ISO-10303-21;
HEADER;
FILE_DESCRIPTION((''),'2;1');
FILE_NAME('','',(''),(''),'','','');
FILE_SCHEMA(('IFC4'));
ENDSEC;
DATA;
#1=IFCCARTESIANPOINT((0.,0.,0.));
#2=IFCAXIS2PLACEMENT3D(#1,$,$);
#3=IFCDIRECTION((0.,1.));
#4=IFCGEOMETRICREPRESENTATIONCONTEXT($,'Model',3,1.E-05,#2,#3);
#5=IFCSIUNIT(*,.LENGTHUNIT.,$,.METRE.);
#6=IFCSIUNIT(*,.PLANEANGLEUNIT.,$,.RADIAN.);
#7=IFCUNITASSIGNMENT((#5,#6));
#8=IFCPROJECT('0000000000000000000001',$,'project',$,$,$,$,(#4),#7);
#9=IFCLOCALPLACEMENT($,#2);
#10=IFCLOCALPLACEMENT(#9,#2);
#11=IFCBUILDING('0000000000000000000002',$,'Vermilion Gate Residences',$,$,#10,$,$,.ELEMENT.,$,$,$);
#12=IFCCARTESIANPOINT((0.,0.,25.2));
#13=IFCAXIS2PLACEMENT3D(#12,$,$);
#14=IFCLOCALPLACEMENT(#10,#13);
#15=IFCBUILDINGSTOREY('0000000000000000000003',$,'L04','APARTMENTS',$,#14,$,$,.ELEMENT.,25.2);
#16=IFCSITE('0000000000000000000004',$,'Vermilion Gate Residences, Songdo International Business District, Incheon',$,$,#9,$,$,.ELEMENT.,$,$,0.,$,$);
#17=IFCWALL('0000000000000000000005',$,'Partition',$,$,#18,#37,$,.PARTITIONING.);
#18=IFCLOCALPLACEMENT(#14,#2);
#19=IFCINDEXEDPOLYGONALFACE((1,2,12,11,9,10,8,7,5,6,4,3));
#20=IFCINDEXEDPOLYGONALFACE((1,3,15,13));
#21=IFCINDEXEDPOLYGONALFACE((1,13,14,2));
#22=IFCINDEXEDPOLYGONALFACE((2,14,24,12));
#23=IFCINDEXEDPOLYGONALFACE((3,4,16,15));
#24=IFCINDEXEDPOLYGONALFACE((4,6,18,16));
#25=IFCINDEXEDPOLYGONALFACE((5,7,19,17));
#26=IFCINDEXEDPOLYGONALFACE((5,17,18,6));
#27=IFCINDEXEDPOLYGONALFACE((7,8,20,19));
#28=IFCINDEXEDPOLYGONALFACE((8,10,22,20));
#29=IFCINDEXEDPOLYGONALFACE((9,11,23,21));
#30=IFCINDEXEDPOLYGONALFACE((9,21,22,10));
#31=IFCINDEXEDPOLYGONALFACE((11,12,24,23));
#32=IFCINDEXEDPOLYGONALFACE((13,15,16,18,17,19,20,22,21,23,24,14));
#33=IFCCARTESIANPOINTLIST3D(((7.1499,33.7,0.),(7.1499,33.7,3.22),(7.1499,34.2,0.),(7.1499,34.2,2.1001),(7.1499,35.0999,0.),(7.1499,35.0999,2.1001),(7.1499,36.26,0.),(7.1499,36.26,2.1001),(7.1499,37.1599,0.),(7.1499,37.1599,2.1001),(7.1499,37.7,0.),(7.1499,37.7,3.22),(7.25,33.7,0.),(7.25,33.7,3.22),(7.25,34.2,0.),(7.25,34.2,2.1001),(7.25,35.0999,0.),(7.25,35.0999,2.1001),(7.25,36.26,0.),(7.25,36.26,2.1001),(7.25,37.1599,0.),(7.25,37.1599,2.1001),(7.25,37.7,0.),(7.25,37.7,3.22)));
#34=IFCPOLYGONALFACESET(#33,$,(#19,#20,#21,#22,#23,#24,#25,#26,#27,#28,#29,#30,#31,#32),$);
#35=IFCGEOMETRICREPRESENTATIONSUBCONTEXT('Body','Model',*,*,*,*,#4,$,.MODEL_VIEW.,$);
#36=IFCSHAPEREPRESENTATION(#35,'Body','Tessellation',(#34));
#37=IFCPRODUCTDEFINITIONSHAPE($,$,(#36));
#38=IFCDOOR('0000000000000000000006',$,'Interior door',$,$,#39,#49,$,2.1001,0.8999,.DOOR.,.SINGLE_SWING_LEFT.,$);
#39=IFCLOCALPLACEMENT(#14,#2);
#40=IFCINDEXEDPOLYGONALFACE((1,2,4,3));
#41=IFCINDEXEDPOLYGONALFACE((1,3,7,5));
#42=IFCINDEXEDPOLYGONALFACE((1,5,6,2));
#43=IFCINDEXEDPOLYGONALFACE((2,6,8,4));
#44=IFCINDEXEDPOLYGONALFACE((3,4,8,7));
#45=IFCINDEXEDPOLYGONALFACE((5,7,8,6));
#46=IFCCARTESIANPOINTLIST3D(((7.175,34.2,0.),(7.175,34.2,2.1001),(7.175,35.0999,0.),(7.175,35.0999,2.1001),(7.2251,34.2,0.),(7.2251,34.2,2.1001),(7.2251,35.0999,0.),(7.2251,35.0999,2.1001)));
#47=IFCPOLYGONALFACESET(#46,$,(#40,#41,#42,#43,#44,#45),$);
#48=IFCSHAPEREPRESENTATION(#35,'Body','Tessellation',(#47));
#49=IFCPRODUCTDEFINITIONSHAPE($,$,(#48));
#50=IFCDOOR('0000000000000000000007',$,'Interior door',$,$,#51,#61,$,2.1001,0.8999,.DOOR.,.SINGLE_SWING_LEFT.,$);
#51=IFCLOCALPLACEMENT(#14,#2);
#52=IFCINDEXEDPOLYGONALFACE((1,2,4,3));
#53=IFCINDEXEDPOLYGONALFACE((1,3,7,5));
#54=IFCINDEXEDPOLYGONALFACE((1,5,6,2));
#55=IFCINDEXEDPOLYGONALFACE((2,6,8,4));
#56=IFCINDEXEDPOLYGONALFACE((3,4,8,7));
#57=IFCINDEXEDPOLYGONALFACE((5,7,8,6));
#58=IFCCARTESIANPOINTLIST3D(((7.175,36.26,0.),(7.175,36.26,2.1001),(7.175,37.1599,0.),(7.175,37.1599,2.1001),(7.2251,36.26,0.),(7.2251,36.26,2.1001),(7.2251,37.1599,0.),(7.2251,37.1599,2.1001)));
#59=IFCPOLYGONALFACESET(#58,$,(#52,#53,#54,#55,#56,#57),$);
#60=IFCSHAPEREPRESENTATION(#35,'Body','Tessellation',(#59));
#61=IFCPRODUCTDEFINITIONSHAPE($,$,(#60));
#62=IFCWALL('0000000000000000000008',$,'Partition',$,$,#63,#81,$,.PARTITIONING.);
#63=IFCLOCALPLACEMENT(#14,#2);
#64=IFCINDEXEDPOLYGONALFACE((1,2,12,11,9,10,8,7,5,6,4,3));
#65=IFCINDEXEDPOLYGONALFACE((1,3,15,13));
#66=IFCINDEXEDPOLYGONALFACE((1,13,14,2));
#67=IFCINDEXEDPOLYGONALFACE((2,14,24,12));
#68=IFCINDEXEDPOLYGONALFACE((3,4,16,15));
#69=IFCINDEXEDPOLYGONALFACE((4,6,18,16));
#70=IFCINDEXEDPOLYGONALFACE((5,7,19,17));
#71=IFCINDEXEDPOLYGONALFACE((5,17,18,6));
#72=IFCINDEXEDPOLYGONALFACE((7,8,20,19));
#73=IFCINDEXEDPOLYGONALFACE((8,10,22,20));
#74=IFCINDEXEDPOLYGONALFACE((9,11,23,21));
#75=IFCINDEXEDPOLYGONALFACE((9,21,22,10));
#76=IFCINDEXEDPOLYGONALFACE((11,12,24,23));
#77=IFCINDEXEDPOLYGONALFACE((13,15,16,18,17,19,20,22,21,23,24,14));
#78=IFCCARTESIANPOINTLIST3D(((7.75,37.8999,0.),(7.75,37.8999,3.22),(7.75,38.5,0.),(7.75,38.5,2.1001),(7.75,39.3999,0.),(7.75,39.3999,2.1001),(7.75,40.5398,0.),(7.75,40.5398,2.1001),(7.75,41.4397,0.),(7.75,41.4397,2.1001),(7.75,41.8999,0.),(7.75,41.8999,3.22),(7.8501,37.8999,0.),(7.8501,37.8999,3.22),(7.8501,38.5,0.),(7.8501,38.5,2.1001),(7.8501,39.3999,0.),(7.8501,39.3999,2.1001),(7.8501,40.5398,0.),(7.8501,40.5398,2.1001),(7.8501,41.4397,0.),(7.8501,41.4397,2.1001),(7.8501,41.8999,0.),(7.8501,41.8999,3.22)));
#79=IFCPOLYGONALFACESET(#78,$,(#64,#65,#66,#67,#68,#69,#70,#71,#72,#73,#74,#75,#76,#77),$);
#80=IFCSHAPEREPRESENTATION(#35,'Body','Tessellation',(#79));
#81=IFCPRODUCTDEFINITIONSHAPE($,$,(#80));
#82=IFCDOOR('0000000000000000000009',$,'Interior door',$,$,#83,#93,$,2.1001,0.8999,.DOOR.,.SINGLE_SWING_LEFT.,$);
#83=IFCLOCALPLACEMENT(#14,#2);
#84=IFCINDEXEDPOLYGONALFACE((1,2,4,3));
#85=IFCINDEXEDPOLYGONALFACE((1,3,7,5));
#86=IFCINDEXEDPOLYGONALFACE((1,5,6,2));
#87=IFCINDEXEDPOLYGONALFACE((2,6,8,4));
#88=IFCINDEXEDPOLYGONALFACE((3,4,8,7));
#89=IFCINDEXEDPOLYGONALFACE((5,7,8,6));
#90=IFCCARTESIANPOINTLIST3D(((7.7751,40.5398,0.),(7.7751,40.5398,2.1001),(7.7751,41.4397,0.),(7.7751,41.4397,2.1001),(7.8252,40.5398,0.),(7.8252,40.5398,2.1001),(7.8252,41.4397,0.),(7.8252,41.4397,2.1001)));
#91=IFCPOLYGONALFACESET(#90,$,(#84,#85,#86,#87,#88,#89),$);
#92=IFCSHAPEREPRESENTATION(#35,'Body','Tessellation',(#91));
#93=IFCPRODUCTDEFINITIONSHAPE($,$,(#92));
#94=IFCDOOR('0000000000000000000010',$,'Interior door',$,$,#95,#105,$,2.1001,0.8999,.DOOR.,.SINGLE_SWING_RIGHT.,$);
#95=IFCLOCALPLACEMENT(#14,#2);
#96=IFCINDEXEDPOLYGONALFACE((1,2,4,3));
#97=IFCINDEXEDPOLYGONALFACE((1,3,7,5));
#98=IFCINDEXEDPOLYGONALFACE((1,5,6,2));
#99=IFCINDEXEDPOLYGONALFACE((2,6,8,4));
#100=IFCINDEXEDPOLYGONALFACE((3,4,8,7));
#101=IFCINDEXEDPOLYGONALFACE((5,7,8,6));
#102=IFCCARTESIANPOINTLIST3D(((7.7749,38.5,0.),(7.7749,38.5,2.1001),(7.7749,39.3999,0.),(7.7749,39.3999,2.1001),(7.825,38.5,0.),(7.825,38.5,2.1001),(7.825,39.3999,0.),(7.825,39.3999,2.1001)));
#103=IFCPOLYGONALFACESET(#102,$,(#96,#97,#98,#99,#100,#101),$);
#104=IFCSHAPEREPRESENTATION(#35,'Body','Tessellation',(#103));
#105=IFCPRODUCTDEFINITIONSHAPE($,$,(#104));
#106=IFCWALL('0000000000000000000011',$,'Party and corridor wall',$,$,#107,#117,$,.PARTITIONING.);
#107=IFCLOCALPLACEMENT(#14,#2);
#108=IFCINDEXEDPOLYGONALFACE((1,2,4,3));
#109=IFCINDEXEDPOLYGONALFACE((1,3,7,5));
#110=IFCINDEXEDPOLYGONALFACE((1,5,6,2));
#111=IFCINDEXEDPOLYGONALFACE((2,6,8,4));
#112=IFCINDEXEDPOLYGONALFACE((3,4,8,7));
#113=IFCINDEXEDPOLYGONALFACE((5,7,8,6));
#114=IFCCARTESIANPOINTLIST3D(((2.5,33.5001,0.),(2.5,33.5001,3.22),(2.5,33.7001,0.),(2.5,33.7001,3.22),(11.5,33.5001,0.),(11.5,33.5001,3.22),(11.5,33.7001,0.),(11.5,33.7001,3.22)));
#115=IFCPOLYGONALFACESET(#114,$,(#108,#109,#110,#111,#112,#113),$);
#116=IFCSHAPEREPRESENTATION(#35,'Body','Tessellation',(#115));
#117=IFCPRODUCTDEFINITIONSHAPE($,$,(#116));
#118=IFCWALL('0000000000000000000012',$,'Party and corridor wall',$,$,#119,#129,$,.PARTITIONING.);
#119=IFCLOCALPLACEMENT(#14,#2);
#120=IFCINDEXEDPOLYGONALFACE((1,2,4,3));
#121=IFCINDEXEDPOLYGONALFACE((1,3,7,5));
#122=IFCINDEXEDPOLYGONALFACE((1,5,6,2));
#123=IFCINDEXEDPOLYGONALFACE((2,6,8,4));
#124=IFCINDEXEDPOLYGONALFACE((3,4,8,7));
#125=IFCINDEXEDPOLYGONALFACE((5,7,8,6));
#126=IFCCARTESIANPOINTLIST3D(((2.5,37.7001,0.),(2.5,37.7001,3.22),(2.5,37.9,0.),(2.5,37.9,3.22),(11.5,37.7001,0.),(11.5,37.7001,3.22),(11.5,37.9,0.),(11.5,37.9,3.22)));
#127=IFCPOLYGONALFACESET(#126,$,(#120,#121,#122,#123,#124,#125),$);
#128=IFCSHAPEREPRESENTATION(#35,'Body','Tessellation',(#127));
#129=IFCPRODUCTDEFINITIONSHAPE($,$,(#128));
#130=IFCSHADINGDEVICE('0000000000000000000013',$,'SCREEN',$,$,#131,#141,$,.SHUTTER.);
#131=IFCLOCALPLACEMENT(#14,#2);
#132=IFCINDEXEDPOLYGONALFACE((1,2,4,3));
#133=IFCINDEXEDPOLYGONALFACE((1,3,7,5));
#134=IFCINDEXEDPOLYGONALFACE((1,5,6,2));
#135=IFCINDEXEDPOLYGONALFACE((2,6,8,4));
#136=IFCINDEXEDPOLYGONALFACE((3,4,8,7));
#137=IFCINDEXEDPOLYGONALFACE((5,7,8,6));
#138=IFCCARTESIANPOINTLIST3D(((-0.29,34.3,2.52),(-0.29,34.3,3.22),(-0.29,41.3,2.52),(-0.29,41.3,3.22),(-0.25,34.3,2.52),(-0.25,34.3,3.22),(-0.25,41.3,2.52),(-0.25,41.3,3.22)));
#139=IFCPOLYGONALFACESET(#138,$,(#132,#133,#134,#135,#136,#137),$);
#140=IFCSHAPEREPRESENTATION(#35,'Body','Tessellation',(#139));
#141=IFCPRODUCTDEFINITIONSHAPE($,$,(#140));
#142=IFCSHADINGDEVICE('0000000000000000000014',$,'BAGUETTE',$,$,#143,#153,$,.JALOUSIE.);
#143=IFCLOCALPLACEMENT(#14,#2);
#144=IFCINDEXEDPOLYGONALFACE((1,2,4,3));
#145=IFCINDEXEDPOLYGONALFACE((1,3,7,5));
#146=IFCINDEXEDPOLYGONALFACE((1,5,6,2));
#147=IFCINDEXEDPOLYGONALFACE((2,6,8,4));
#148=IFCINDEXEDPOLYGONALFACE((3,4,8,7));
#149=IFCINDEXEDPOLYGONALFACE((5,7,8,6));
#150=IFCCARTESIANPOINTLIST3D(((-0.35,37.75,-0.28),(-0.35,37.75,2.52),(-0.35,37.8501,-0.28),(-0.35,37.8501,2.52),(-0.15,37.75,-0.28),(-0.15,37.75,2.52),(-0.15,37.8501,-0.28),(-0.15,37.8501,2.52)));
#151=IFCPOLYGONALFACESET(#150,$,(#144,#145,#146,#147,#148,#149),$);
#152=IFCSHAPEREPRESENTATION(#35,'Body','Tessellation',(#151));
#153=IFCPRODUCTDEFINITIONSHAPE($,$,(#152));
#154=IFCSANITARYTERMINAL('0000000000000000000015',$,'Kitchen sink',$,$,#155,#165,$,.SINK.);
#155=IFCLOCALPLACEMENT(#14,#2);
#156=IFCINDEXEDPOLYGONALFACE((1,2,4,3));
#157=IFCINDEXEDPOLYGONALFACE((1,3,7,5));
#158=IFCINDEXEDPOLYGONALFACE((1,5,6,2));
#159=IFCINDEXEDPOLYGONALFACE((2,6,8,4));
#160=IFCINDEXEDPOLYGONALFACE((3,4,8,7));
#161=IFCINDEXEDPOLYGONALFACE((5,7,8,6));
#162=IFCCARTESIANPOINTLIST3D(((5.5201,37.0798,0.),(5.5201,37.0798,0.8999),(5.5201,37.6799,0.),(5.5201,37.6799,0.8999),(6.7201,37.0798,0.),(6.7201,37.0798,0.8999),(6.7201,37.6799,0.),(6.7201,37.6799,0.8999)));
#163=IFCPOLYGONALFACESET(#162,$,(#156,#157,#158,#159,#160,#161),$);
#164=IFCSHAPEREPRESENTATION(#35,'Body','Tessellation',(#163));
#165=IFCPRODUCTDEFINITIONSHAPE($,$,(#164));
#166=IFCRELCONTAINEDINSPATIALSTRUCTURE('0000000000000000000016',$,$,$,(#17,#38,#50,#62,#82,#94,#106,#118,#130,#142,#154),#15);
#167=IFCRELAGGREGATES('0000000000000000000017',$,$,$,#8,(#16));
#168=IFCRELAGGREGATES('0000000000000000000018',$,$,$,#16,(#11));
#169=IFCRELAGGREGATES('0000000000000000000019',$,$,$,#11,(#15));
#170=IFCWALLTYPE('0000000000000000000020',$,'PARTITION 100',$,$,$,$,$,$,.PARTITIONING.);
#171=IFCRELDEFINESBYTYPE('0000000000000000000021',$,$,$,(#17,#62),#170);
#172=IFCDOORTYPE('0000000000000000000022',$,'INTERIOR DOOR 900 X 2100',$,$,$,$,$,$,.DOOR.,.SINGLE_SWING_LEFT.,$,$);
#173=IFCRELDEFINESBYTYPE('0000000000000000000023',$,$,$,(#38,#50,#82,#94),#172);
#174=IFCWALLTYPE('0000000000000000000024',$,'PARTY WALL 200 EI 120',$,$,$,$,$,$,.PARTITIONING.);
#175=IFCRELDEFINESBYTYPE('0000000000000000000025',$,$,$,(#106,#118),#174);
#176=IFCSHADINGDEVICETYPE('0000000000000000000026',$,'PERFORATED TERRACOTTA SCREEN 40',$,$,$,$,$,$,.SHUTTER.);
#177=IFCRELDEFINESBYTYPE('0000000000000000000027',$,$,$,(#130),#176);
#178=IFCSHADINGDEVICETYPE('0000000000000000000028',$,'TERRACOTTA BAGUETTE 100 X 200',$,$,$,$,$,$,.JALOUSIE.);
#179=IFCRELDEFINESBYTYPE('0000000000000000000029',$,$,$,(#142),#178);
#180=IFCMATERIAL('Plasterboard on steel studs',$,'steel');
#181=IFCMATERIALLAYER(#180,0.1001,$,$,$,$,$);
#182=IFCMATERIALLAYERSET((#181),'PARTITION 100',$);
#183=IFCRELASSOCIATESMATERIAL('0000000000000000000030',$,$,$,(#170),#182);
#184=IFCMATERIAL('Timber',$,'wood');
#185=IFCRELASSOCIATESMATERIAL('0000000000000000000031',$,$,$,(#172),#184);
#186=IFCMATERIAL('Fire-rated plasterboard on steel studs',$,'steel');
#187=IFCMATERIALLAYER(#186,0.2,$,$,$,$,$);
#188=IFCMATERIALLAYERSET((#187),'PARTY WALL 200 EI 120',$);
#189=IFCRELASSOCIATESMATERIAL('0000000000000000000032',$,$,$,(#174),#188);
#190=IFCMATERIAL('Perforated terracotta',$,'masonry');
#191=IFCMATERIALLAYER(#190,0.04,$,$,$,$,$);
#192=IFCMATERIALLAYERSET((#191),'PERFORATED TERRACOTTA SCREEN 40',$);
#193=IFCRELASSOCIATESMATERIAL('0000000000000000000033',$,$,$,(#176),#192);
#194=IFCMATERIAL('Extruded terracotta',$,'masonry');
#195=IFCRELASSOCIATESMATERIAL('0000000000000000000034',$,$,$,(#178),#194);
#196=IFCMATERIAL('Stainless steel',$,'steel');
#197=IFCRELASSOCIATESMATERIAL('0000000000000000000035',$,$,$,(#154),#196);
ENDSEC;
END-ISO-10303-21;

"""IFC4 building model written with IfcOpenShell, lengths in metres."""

from ifc_helpers import new_model, si_unit, direction, frame, frame_2d, origin, origin_2d, place, context, subcontext, project, spatial, rectangle, extrude, material, layer, layer_set, material_profile, profile_set, type_object, element, fill, save


model = new_model("IFC4")

# Units and contexts
model_context = context("Model", 3, precision=1e-05, world=origin(), true_north=direction((0.0, 1.0)))
body_context = subcontext(model_context, "Body", "Model", "MODEL_VIEW")
ifc_project = project(units=[si_unit("LENGTHUNIT", "METRE"), si_unit("PLANEANGLEUNIT", "RADIAN")], contexts=[model_context])

# Site, building, storey
site_placement = place(None, origin())
site = spatial("IfcSite", under=ifc_project, at=site_placement, Name="Vermilion Gate Residences, Songdo International Business District, Incheon", CompositionType="ELEMENT", RefElevation=0.0)
building_placement = place(site_placement, origin())
building = spatial("IfcBuilding", under=site, at=building_placement, Name="Vermilion Gate Residences", CompositionType="ELEMENT")
storey_placement = place(building_placement, frame((0.0, 0.0, 25.2)))
storey = spatial("IfcBuildingStorey", under=building, at=storey_placement, Name="L04", Description="APARTMENTS", CompositionType="ELEMENT", Elevation=25.2)

# Shared definitions
ifc_material_1 = material(Name="Plasterboard on steel studs", Category="steel")
ifc_layer_1 = layer(ifc_material_1, 0.1001)
ifc_layer_set_1 = layer_set([ifc_layer_1], Name="PARTITION 100")
wall_type_1 = type_object("IfcWallType", Name="PARTITION 100", PredefinedType="PARTITIONING", material=ifc_layer_set_1)

# Shared definitions
ifc_material_2 = material(Name="Timber", Category="wood")
door_type = type_object("IfcDoorType", Name="INTERIOR DOOR 900 X 2100", OperationType="SINGLE_SWING_LEFT", PredefinedType="DOOR", material=ifc_material_2)

# Walls, openings, doors
wall_1_placement = place(storey_placement, frame((7.2, 33.7, 0.0), z_axis=(0.0, 0.0, 1.0), x_axis=(0.0, 1.0, 0.0)))
wall_1 = element("IfcWall", 1, at=wall_1_placement, inside=storey, type_object=wall_type_1, Name="Partition", PredefinedType="PARTITIONING", context=body_context, shape_type="SweptSolid", body=[
    extrude(rectangle(XDim=4.0, YDim=0.1001, at=frame_2d((2.0, 0.0))), origin(), (0.0, 0.0, 1.0), 3.22),
])
opening_1_placement = place(wall_1_placement, frame((0.5, 0.0, 0.0)))
opening_1 = element("IfcOpeningElement", 2, at=opening_1_placement, cuts=wall_1, PredefinedType="OPENING", context=body_context, shape_type="SweptSolid", body=[
    extrude(rectangle(XDim=0.8999, YDim=2.1001, at=frame_2d((0.45, 1.05))), frame((0.0, 0.0601, 0.0), z_axis=(0.0, -1.0, 0.0), x_axis=(1.0, 0.0, 0.0)), (0.0, 0.0, 1.0), 0.1201),
])
opening_2_placement = place(wall_1_placement, frame((2.5601, 0.0, 0.0)))
opening_2 = element("IfcOpeningElement", 3, at=opening_2_placement, cuts=wall_1, PredefinedType="OPENING", context=body_context, shape_type="SweptSolid", body=[
    extrude(rectangle(XDim=0.8999, YDim=2.1001, at=frame_2d((0.45, 1.05))), frame((0.0, 0.0601, 0.0), z_axis=(0.0, -1.0, 0.0), x_axis=(1.0, 0.0, 0.0)), (0.0, 0.0, 1.0), 0.1201),
])
door_1_placement = place(opening_1_placement, origin())
door_1 = element("IfcDoor", 4, at=door_1_placement, inside=storey, type_object=door_type, Name="Interior door", OperationType="SINGLE_SWING_LEFT", OverallHeight=2.1001, OverallWidth=0.8999, PredefinedType="DOOR", context=body_context, shape_type="SweptSolid", body=[
    extrude(rectangle(XDim=0.8999, YDim=2.1001, at=frame_2d((0.45, 1.05))), frame((0.0, 0.0249, 0.0), z_axis=(0.0, -1.0, 0.0), x_axis=(1.0, 0.0, 0.0)), (0.0, 0.0, 1.0), 0.05),
])
fill(opening_1, door_1)
door_2_placement = place(opening_2_placement, origin())
door_2 = element("IfcDoor", 5, at=door_2_placement, inside=storey, type_object=door_type, Name="Interior door", OperationType="SINGLE_SWING_LEFT", OverallHeight=2.1001, OverallWidth=0.8999, PredefinedType="DOOR", context=body_context, shape_type="SweptSolid", body=[
    extrude(rectangle(XDim=0.8999, YDim=2.1001, at=frame_2d((0.45, 1.05))), frame((0.0, 0.0249, 0.0), z_axis=(0.0, -1.0, 0.0), x_axis=(1.0, 0.0, 0.0)), (0.0, 0.0, 1.0), 0.05),
])
fill(opening_2, door_2)
wall_2_placement = place(storey_placement, frame((7.8, 37.8999, 0.0), z_axis=(0.0, 0.0, 1.0), x_axis=(0.0, 1.0, 0.0)))
wall_2 = element("IfcWall", 6, at=wall_2_placement, inside=storey, type_object=wall_type_1, Name="Partition", PredefinedType="PARTITIONING", context=body_context, shape_type="SweptSolid", body=[
    extrude(rectangle(XDim=4.0, YDim=0.1001, at=frame_2d((2.0, 0.0))), origin(), (0.0, 0.0, 1.0), 3.22),
])
opening_3_placement = place(wall_2_placement, frame((2.6399, 0.0, 0.0)))
opening_3 = element("IfcOpeningElement", 7, at=opening_3_placement, cuts=wall_2, PredefinedType="OPENING", context=body_context, shape_type="SweptSolid", body=[
    extrude(rectangle(XDim=0.8999, YDim=2.1001, at=frame_2d((0.45, 1.05))), frame((0.0, 0.0601, 0.0), z_axis=(0.0, -1.0, 0.0), x_axis=(1.0, 0.0, 0.0)), (0.0, 0.0, 1.0), 0.1201),
])
opening_4_placement = place(wall_2_placement, frame((0.6001, 0.0, 0.0)))
opening_4 = element("IfcOpeningElement", 8, at=opening_4_placement, cuts=wall_2, PredefinedType="OPENING", context=body_context, shape_type="SweptSolid", body=[
    extrude(rectangle(XDim=0.8999, YDim=2.1001, at=frame_2d((0.45, 1.05))), frame((0.0, 0.0601, 0.0), z_axis=(0.0, -1.0, 0.0), x_axis=(1.0, 0.0, 0.0)), (0.0, 0.0, 1.0), 0.1201),
])
door_3_placement = place(opening_3_placement, origin())
door_3 = element("IfcDoor", 9, at=door_3_placement, inside=storey, type_object=door_type, Name="Interior door", OperationType="SINGLE_SWING_LEFT", OverallHeight=2.1001, OverallWidth=0.8999, PredefinedType="DOOR", context=body_context, shape_type="SweptSolid", body=[
    extrude(rectangle(XDim=0.8999, YDim=2.1001, at=frame_2d((0.45, 1.05))), frame((0.0, 0.0249, 0.0), z_axis=(0.0, -1.0, 0.0), x_axis=(1.0, 0.0, 0.0)), (0.0, 0.0, 1.0), 0.05),
])
fill(opening_3, door_3)
door_4_placement = place(opening_4_placement, frame((0.8999, 0.0, 0.0), z_axis=(0.0, 0.0, 1.0), x_axis=(-1.0, 0.0, 0.0)))
door_4 = element("IfcDoor", 10, at=door_4_placement, inside=storey, type_object=door_type, Name="Interior door", OperationType="SINGLE_SWING_RIGHT", OverallHeight=2.1001, OverallWidth=0.8999, PredefinedType="DOOR", context=body_context, shape_type="SweptSolid", body=[
    extrude(rectangle(XDim=0.8999, YDim=2.1001, at=frame_2d((0.45, 1.05))), frame((0.0, 0.0249, 0.0), z_axis=(0.0, -1.0, 0.0), x_axis=(1.0, 0.0, 0.0)), (0.0, 0.0, 1.0), 0.05),
])
fill(opening_4, door_4)

# Walls
ifc_material_3 = material(Name="Fire-rated plasterboard on steel studs", Category="steel")
ifc_layer_2 = layer(ifc_material_3, 0.2)
ifc_layer_set_2 = layer_set([ifc_layer_2], Name="PARTY WALL 200 EI 120")
wall_type_2 = type_object("IfcWallType", Name="PARTY WALL 200 EI 120", PredefinedType="PARTITIONING", material=ifc_layer_set_2)
for number, where, z_axis, x_axis, name in (
    (11, (2.5, 33.6001, 0.0), (0.0, 0.0, 1.0), (1.0, 0.0, 0.0), "Party and corridor wall"),
    (12, (2.5, 37.8, 0.0), (0.0, 0.0, 1.0), (1.0, 0.0, 0.0), "Party and corridor wall"),
):
    element("IfcWall", number, at=place(storey_placement, frame(where, z_axis=z_axis, x_axis=x_axis)), inside=storey, type_object=wall_type_2, Name=name, PredefinedType="PARTITIONING", context=body_context, shape_type="SweptSolid", body=[
        extrude(rectangle(XDim=9.0, YDim=0.2, at=frame_2d((4.5, 0.0))), origin(), (0.0, 0.0, 1.0), 3.22),
    ])

# Shading devices
ifc_material_4 = material(Name="Perforated terracotta", Category="masonry")
ifc_layer_3 = layer(ifc_material_4, 0.04)
ifc_layer_set_3 = layer_set([ifc_layer_3], Name="PERFORATED TERRACOTTA SCREEN 40")
shading_device_type_1 = type_object("IfcShadingDeviceType", Name="PERFORATED TERRACOTTA SCREEN 40", PredefinedType="SHUTTER", material=ifc_layer_set_3)
shading_device_1_placement = place(storey_placement, frame((-0.27, 37.8, 2.52), z_axis=(0.0, 0.0, 1.0), x_axis=(0.0, -1.0, 0.0)))
element("IfcShadingDevice", 13, at=shading_device_1_placement, inside=storey, type_object=shading_device_type_1, Name="SCREEN", PredefinedType="SHUTTER", context=body_context, shape_type="SweptSolid", body=[
    extrude(rectangle(XDim=7.0, YDim=0.04, at=origin_2d()), origin(), (0.0, 0.0, 1.0), 0.7),
])
ifc_material_5 = material(Name="Extruded terracotta", Category="masonry")
ifc_material_profile_1 = material_profile(ifc_material_5, rectangle(XDim=0.2, YDim=0.1001, at=origin_2d()), Name="BAGUETTE 100 X 200")
ifc_profile_set_1 = profile_set([ifc_material_profile_1], Name="Extruded terracotta")
shading_device_type_2 = type_object("IfcShadingDeviceType", Name="TERRACOTTA BAGUETTE 100 X 200", PredefinedType="JALOUSIE", material=ifc_profile_set_1)
shading_device_2_placement = place(storey_placement, frame((-0.25, 37.8, -0.28), z_axis=(0.0, 0.0, 1.0), x_axis=(1.0, 0.0, 0.0)))
element("IfcShadingDevice", 14, at=shading_device_2_placement, inside=storey, type_object=shading_device_type_2, Name="BAGUETTE", PredefinedType="JALOUSIE", context=body_context, shape_type="SweptSolid", body=[
    extrude(rectangle(XDim=0.2, YDim=0.1001, at=origin_2d()), origin(), (0.0, 0.0, 1.0), 2.8),
])

# Sanitary terminal
ifc_material_6 = material(Name="Stainless steel", Category="steel")
sanitary_terminal_1_placement = place(storey_placement, frame((6.1201, 37.3799, 0.0), z_axis=(0.0, 0.0, 1.0), x_axis=(1.0, 0.0, 0.0)))
element("IfcSanitaryTerminal", 15, at=sanitary_terminal_1_placement, inside=storey, material=ifc_material_6, Name="Kitchen sink", PredefinedType="SINK", context=body_context, shape_type="SweptSolid", body=[
    extrude(rectangle(XDim=1.2, YDim=0.6001, at=origin_2d()), origin(), (0.0, 0.0, 1.0), 0.8999),
])

save(model, "model.ifc")
